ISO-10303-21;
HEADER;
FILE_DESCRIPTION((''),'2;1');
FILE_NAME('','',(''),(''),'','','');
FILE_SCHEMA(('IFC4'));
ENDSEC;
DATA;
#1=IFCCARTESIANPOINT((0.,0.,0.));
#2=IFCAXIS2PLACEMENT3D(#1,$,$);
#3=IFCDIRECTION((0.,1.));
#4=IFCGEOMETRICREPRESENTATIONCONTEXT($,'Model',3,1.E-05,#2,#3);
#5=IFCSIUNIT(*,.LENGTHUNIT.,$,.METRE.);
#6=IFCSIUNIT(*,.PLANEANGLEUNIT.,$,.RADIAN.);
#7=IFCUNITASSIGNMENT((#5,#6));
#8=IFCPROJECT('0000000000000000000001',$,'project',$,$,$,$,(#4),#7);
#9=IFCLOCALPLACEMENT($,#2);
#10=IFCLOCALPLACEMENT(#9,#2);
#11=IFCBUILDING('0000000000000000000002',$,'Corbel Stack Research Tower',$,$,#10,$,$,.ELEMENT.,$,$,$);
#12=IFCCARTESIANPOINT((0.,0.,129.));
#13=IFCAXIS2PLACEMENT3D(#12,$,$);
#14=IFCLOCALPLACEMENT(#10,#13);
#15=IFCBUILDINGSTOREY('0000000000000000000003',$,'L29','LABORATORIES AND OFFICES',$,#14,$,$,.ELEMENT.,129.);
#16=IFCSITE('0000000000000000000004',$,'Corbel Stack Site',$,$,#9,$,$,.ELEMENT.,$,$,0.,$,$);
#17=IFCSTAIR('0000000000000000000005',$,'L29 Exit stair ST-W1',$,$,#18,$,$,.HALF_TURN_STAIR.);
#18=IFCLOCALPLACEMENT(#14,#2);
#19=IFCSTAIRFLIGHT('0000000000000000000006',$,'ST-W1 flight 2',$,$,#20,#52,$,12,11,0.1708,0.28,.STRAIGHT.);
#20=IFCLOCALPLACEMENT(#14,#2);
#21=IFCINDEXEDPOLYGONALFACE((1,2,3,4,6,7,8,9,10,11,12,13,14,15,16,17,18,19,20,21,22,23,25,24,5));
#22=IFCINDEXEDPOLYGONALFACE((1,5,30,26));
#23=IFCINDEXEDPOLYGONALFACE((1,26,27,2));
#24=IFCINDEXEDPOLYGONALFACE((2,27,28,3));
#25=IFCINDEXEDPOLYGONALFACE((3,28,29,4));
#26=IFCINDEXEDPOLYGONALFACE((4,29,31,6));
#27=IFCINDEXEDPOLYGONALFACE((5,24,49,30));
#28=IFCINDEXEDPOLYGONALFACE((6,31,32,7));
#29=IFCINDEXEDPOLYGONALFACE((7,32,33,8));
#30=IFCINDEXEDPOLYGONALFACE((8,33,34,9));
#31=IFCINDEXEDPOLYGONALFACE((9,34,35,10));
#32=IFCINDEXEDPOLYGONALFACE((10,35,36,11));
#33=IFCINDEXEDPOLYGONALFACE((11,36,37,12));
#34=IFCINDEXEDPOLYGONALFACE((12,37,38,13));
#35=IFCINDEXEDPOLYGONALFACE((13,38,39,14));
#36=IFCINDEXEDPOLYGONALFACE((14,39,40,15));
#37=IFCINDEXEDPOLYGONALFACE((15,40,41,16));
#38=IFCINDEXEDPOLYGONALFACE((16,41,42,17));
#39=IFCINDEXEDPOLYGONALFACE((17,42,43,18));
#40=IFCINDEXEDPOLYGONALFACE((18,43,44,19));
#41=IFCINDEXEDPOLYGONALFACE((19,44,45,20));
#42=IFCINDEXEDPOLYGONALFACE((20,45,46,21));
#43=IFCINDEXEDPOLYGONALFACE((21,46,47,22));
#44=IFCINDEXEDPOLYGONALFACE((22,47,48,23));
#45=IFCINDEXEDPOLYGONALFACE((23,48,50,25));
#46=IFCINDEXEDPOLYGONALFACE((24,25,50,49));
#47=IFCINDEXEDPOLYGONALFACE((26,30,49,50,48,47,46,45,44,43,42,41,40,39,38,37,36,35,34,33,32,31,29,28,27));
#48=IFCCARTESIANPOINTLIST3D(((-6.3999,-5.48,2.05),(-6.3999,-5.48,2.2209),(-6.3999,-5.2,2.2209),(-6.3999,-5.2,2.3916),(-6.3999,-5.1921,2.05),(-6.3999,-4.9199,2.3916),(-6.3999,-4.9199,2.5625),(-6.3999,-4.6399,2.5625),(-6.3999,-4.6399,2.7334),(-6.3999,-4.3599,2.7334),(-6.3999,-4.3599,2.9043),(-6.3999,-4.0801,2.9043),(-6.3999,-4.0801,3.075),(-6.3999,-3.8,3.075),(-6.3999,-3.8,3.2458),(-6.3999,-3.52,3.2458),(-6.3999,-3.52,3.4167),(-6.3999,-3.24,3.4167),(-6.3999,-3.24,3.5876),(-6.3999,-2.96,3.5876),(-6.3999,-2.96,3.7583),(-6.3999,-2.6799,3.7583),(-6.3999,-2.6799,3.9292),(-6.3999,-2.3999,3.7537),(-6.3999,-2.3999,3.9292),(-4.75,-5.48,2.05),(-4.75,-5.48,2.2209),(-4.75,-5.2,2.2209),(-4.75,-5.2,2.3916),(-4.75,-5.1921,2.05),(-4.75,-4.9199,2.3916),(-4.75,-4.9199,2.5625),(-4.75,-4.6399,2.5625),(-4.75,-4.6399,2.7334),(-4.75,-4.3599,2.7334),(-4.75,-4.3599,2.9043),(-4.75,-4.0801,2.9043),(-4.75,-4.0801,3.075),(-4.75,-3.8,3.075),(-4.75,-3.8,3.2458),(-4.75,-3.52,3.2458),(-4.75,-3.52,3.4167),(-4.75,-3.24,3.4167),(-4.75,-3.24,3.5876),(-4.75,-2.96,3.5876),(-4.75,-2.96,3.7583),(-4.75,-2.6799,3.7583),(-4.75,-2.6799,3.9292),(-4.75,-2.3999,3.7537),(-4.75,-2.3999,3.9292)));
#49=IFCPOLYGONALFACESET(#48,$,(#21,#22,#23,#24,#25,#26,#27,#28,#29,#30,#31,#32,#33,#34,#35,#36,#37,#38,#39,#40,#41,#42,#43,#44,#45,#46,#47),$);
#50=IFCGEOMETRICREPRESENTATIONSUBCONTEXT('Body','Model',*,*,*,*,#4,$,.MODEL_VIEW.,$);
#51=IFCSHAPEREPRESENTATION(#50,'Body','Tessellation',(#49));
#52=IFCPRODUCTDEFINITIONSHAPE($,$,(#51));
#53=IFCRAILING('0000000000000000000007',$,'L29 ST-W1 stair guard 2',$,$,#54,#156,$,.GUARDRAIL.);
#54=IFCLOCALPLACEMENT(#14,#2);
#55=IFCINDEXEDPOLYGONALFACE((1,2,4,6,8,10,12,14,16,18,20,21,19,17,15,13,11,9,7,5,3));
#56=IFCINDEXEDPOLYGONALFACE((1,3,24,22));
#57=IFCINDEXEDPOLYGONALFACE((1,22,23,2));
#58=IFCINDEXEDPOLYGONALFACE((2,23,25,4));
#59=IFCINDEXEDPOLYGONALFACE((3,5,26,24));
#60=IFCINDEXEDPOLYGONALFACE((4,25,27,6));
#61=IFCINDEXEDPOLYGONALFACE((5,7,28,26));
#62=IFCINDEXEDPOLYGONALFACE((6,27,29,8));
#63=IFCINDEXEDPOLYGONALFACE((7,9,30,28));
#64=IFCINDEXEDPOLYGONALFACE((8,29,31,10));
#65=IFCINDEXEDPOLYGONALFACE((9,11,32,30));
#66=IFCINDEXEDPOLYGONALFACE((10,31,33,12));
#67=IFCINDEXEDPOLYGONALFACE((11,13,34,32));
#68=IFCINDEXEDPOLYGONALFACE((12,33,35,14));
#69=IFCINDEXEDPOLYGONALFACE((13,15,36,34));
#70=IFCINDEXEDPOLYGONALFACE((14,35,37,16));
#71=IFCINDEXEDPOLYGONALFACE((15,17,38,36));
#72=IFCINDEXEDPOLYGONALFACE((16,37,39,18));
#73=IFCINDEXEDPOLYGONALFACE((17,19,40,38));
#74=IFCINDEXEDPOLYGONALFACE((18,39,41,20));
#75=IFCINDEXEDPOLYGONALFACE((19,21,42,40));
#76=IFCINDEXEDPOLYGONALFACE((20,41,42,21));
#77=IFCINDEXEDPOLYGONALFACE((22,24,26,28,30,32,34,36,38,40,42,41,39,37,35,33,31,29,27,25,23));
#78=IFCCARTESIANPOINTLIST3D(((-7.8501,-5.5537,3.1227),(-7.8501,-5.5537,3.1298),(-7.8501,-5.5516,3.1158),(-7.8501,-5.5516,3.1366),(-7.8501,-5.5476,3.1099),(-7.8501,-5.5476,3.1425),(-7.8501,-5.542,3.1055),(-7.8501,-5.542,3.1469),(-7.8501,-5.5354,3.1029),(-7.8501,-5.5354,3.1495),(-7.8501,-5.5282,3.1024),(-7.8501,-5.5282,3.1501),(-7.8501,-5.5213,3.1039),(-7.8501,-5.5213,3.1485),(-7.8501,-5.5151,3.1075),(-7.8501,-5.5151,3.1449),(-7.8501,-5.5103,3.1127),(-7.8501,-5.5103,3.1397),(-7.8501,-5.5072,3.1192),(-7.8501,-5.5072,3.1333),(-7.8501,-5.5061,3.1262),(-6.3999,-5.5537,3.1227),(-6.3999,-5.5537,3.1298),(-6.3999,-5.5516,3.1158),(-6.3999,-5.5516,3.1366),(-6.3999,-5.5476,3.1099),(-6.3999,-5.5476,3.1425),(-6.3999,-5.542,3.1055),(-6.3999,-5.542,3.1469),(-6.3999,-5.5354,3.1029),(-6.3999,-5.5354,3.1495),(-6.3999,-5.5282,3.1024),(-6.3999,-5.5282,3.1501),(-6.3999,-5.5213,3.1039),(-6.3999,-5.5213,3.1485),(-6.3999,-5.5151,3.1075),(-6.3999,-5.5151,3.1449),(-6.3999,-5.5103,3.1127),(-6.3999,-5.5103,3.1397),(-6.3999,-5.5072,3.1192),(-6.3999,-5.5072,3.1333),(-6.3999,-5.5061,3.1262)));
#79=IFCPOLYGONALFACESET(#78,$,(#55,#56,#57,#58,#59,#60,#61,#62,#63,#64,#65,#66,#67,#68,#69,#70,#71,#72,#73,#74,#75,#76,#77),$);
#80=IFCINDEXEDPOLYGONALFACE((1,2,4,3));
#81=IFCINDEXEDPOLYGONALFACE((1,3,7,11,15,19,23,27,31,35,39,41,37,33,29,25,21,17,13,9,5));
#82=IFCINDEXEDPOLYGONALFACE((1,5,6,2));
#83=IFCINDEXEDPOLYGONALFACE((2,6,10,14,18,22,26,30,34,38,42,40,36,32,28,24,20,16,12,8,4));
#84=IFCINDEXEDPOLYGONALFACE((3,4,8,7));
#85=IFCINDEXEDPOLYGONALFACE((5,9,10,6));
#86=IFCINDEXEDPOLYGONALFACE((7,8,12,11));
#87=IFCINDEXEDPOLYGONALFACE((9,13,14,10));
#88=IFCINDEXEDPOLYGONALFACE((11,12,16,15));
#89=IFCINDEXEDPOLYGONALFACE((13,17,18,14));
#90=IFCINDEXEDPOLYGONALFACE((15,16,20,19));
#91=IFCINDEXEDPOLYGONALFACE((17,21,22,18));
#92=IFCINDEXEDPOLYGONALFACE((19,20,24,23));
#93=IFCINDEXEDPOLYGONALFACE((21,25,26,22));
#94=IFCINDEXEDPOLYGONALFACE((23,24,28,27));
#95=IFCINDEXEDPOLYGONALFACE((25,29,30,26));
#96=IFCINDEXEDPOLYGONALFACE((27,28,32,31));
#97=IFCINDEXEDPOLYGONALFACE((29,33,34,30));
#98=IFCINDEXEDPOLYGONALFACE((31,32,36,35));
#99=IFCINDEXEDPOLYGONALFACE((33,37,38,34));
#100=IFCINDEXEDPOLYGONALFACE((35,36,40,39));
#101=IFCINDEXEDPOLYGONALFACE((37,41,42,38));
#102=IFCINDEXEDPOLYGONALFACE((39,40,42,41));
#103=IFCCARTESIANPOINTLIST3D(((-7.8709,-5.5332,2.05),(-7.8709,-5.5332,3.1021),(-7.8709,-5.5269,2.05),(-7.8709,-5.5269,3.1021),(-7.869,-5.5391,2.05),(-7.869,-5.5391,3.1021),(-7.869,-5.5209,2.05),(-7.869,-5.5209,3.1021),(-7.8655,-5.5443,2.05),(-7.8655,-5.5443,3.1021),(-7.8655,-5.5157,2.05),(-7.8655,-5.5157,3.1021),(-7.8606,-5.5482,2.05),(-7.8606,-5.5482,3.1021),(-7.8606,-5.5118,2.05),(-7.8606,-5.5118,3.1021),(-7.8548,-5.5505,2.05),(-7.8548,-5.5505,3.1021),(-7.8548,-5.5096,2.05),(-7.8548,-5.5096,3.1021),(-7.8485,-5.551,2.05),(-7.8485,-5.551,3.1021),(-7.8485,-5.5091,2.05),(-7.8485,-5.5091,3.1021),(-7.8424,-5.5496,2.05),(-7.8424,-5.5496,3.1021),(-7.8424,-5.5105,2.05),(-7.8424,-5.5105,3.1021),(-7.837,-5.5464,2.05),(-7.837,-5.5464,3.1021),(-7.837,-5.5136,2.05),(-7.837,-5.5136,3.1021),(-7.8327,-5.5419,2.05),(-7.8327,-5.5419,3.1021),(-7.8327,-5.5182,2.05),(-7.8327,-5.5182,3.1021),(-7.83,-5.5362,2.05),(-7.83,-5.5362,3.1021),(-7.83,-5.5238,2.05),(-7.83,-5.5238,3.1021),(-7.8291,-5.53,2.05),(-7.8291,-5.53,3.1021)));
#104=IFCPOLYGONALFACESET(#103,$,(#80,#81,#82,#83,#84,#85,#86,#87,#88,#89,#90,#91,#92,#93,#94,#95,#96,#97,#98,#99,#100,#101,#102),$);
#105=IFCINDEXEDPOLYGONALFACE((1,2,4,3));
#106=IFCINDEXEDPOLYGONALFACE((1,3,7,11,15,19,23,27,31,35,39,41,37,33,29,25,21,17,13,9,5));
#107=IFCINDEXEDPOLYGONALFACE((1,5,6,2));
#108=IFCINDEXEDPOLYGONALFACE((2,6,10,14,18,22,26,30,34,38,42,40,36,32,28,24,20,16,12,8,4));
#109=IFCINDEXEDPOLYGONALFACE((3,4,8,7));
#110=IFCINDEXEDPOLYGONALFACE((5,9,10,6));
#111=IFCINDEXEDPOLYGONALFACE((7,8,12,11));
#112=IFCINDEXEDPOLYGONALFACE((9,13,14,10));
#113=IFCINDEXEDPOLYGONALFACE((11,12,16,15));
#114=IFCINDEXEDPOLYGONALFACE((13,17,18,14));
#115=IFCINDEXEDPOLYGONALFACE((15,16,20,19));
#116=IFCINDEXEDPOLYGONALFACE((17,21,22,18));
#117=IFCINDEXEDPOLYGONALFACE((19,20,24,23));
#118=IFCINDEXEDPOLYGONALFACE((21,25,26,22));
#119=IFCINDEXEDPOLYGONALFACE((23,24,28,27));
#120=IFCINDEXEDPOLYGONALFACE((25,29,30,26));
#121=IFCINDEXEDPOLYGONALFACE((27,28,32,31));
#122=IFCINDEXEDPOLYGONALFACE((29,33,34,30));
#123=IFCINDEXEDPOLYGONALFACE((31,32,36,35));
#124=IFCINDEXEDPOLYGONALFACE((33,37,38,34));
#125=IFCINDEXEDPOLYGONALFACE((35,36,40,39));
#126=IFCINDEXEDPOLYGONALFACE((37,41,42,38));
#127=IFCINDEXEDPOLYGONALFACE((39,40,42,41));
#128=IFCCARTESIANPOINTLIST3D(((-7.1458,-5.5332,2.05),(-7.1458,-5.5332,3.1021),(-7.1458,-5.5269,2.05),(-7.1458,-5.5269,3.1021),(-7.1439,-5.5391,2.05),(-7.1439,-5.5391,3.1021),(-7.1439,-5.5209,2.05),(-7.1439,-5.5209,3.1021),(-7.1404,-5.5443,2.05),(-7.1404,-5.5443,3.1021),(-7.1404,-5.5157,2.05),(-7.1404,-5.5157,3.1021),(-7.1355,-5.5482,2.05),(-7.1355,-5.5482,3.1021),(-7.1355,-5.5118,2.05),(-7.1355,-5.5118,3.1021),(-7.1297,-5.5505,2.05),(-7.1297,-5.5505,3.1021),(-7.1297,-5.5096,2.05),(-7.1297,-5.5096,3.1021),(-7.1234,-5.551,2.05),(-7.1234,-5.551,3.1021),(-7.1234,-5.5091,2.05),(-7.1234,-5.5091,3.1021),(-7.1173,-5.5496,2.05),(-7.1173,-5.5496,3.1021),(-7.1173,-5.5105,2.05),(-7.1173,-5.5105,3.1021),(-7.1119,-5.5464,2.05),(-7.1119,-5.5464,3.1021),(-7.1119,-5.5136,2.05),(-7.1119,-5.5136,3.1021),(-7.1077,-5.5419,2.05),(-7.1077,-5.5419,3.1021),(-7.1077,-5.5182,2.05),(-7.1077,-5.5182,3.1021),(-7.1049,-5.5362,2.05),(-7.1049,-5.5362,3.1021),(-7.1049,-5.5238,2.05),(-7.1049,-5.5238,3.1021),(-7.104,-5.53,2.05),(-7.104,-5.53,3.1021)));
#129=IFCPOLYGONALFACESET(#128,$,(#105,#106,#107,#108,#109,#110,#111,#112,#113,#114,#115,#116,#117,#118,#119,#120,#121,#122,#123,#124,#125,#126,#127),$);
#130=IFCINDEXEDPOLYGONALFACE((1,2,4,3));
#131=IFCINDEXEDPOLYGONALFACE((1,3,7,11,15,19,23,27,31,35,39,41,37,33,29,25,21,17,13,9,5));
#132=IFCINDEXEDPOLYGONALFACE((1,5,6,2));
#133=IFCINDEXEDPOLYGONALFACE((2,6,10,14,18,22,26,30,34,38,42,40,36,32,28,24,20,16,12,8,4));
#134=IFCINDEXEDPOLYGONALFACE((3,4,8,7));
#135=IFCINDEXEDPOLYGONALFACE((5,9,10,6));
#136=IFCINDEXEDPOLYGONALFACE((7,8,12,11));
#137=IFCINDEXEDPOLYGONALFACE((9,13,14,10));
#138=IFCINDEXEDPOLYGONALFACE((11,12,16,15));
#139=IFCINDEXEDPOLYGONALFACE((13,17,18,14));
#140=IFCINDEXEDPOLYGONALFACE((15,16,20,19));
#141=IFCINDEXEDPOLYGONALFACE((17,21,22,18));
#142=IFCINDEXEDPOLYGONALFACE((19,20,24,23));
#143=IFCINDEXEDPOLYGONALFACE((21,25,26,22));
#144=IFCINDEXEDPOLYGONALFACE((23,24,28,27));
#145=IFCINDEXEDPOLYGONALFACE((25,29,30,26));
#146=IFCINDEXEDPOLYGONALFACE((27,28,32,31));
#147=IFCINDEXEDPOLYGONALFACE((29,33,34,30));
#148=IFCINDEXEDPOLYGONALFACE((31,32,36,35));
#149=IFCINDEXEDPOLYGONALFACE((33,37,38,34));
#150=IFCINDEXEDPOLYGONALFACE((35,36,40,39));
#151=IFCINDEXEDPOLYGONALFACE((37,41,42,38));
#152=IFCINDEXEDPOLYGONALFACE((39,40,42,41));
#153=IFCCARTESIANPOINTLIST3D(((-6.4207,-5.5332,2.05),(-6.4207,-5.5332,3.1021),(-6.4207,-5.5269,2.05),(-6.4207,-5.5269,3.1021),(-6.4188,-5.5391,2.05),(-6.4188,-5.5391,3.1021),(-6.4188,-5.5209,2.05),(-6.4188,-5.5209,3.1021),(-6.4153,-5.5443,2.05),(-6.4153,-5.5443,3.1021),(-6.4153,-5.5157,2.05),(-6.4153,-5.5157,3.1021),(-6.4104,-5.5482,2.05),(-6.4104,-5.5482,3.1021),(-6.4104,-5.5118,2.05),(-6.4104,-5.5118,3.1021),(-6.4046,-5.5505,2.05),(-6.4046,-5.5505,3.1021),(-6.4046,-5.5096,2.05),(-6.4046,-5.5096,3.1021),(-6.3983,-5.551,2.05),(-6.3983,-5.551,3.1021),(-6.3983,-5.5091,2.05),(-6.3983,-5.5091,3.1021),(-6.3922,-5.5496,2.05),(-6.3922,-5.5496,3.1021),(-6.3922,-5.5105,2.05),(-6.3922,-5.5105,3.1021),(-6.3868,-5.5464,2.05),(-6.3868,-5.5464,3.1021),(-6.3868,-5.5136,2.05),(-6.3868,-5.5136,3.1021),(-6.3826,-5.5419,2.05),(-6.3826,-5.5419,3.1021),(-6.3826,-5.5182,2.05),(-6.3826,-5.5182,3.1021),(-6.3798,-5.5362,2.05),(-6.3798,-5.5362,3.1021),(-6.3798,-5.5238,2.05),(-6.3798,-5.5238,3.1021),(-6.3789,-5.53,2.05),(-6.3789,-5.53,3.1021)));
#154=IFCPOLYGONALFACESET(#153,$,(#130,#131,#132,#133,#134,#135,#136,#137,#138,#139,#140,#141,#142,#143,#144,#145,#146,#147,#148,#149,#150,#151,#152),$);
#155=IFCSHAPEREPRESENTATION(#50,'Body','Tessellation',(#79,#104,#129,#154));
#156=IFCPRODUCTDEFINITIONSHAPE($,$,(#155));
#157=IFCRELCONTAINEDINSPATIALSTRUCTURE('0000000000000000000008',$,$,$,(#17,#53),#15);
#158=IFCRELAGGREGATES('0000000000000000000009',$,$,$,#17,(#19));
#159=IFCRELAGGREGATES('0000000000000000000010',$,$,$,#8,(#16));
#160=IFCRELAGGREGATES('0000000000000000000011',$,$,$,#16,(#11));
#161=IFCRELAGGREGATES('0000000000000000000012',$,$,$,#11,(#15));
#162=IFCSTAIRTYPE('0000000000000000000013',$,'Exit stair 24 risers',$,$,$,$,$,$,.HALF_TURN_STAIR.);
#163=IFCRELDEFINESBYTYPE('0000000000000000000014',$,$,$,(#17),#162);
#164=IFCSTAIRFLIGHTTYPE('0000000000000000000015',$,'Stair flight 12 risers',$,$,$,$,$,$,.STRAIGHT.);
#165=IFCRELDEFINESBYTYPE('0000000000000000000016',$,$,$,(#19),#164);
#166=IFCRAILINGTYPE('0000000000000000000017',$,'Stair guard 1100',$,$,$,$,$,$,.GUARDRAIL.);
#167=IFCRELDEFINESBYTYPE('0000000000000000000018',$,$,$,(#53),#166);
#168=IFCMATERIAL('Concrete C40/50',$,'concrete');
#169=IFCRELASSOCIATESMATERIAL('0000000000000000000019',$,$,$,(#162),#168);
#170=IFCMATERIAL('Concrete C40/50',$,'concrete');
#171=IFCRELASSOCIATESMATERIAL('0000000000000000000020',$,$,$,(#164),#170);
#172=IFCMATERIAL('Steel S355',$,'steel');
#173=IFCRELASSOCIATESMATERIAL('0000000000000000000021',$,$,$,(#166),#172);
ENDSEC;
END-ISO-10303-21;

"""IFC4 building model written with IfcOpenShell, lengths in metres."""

from ifc_helpers import new_model, si_unit, direction, frame, origin, origin_2d, place, context, subcontext, project, spatial, polyline, circle, outline, extrude, material, type_object, element, aggregate, save


model = new_model("IFC4")

# Units and contexts
model_context = context("Model", 3, precision=1e-05, world=origin(), true_north=direction((0.0, 1.0)))
body_context = subcontext(model_context, "Body", "Model", "MODEL_VIEW")
ifc_project = project(units=[si_unit("LENGTHUNIT", "METRE"), si_unit("PLANEANGLEUNIT", "RADIAN")], contexts=[model_context])

# Site, building, storey
site_placement = place(None, origin())
site = spatial("IfcSite", under=ifc_project, at=site_placement, Name="Corbel Stack Site", CompositionType="ELEMENT", RefElevation=0.0)
building_placement = place(site_placement, origin())
building = spatial("IfcBuilding", under=site, at=building_placement, Name="Corbel Stack Research Tower", CompositionType="ELEMENT")
storey_placement = place(building_placement, frame((0.0, 0.0, 129.0)))
storey = spatial("IfcBuildingStorey", under=building, at=storey_placement, Name="L29", Description="LABORATORIES AND OFFICES", CompositionType="ELEMENT", Elevation=129.0)

# Stair, stair flight
ifc_material_1 = material(Name="Concrete C40/50", Category="concrete")
stair_type = type_object("IfcStairType", Name="Exit stair 24 risers", PredefinedType="HALF_TURN_STAIR", material=ifc_material_1)
stair_placement = place(storey_placement, origin())
stair = element("IfcStair", 1, at=stair_placement, inside=storey, type_object=stair_type, Name="L29 Exit stair ST-W1", PredefinedType="HALF_TURN_STAIR")
ifc_material_2 = material(Name="Concrete C40/50", Category="concrete")
stair_flight_type = type_object("IfcStairFlightType", Name="Stair flight 12 risers", PredefinedType="STRAIGHT", material=ifc_material_2)
stair_flight_1_placement = place(storey_placement, frame((-5.575, -5.48, 2.05), z_axis=(0.0, 0.0, 1.0), x_axis=(0.0, 1.0, 0.0)))
stair_flight_1 = element("IfcStairFlight", 2, at=stair_flight_1_placement, type_object=stair_flight_type, Name="ST-W1 flight 2", NumberOfRisers=12, NumberOfTreads=11, PredefinedType="STRAIGHT", RiserHeight=0.1708, TreadLength=0.28, context=body_context, shape_type="SweptSolid", body=[
    extrude(outline(polyline([(0.0, 0.0), (0.0, 0.1709), (0.28, 0.1709), (0.28, 0.3416), (0.5601, 0.3416), (0.5601, 0.5125), (0.8401, 0.5125), (0.8401, 0.6833), (1.1201, 0.6833), (1.1201, 0.8542), (1.3999, 0.8542), (1.3999, 1.0249), (1.6799, 1.0249), (1.6799, 1.1958), (1.96, 1.1958), (1.96, 1.3667), (2.24, 1.3667), (2.24, 1.5376), (2.52, 1.5376), (2.52, 1.7083), (2.8, 1.7083), (2.8, 1.8792), (3.0801, 1.8792), (3.0801, 2.05), (3.0801, 1.7036), (0.2878, 0.0), (0.0, 0.0)])), frame((0.0, 0.825, 0.0), z_axis=(0.0, -1.0, 0.0), x_axis=(1.0, 0.0, 0.0)), (0.0, 0.0, 1.0), 1.6499),
])
aggregate(stair, [stair_flight_1])

# Railing
ifc_material_3 = material(Name="Steel S355", Category="steel")
railing_type_1 = type_object("IfcRailingType", Name="Stair guard 1100", PredefinedType="GUARDRAIL", material=ifc_material_3)
railing_1_placement = place(storey_placement, frame((-7.8501, -5.53, 2.05)))
element("IfcRailing", 3, at=railing_1_placement, inside=storey, type_object=railing_type_1, Name="L29 ST-W1 stair guard 2", PredefinedType="GUARDRAIL", context=body_context, shape_type="SweptSolid", body=[
    extrude(circle(Radius=0.0239, at=origin_2d()), frame((0.0, 0.0, 1.0762), z_axis=(1.0, 0.0, 0.0), x_axis=(0.0, 1.0, 0.0)), (0.0, 0.0, 1.0), 1.4502),
    extrude(circle(Radius=0.021, at=origin_2d()), origin(), (0.0, 0.0, 1.0), 1.052),
    extrude(circle(Radius=0.021, at=origin_2d()), frame((0.7251, 0.0, 0.0)), (0.0, 0.0, 1.0), 1.052),
    extrude(circle(Radius=0.021, at=origin_2d()), frame((1.4502, 0.0, 0.0)), (0.0, 0.0, 1.0), 1.052),
])

save(model, "model.ifc")
